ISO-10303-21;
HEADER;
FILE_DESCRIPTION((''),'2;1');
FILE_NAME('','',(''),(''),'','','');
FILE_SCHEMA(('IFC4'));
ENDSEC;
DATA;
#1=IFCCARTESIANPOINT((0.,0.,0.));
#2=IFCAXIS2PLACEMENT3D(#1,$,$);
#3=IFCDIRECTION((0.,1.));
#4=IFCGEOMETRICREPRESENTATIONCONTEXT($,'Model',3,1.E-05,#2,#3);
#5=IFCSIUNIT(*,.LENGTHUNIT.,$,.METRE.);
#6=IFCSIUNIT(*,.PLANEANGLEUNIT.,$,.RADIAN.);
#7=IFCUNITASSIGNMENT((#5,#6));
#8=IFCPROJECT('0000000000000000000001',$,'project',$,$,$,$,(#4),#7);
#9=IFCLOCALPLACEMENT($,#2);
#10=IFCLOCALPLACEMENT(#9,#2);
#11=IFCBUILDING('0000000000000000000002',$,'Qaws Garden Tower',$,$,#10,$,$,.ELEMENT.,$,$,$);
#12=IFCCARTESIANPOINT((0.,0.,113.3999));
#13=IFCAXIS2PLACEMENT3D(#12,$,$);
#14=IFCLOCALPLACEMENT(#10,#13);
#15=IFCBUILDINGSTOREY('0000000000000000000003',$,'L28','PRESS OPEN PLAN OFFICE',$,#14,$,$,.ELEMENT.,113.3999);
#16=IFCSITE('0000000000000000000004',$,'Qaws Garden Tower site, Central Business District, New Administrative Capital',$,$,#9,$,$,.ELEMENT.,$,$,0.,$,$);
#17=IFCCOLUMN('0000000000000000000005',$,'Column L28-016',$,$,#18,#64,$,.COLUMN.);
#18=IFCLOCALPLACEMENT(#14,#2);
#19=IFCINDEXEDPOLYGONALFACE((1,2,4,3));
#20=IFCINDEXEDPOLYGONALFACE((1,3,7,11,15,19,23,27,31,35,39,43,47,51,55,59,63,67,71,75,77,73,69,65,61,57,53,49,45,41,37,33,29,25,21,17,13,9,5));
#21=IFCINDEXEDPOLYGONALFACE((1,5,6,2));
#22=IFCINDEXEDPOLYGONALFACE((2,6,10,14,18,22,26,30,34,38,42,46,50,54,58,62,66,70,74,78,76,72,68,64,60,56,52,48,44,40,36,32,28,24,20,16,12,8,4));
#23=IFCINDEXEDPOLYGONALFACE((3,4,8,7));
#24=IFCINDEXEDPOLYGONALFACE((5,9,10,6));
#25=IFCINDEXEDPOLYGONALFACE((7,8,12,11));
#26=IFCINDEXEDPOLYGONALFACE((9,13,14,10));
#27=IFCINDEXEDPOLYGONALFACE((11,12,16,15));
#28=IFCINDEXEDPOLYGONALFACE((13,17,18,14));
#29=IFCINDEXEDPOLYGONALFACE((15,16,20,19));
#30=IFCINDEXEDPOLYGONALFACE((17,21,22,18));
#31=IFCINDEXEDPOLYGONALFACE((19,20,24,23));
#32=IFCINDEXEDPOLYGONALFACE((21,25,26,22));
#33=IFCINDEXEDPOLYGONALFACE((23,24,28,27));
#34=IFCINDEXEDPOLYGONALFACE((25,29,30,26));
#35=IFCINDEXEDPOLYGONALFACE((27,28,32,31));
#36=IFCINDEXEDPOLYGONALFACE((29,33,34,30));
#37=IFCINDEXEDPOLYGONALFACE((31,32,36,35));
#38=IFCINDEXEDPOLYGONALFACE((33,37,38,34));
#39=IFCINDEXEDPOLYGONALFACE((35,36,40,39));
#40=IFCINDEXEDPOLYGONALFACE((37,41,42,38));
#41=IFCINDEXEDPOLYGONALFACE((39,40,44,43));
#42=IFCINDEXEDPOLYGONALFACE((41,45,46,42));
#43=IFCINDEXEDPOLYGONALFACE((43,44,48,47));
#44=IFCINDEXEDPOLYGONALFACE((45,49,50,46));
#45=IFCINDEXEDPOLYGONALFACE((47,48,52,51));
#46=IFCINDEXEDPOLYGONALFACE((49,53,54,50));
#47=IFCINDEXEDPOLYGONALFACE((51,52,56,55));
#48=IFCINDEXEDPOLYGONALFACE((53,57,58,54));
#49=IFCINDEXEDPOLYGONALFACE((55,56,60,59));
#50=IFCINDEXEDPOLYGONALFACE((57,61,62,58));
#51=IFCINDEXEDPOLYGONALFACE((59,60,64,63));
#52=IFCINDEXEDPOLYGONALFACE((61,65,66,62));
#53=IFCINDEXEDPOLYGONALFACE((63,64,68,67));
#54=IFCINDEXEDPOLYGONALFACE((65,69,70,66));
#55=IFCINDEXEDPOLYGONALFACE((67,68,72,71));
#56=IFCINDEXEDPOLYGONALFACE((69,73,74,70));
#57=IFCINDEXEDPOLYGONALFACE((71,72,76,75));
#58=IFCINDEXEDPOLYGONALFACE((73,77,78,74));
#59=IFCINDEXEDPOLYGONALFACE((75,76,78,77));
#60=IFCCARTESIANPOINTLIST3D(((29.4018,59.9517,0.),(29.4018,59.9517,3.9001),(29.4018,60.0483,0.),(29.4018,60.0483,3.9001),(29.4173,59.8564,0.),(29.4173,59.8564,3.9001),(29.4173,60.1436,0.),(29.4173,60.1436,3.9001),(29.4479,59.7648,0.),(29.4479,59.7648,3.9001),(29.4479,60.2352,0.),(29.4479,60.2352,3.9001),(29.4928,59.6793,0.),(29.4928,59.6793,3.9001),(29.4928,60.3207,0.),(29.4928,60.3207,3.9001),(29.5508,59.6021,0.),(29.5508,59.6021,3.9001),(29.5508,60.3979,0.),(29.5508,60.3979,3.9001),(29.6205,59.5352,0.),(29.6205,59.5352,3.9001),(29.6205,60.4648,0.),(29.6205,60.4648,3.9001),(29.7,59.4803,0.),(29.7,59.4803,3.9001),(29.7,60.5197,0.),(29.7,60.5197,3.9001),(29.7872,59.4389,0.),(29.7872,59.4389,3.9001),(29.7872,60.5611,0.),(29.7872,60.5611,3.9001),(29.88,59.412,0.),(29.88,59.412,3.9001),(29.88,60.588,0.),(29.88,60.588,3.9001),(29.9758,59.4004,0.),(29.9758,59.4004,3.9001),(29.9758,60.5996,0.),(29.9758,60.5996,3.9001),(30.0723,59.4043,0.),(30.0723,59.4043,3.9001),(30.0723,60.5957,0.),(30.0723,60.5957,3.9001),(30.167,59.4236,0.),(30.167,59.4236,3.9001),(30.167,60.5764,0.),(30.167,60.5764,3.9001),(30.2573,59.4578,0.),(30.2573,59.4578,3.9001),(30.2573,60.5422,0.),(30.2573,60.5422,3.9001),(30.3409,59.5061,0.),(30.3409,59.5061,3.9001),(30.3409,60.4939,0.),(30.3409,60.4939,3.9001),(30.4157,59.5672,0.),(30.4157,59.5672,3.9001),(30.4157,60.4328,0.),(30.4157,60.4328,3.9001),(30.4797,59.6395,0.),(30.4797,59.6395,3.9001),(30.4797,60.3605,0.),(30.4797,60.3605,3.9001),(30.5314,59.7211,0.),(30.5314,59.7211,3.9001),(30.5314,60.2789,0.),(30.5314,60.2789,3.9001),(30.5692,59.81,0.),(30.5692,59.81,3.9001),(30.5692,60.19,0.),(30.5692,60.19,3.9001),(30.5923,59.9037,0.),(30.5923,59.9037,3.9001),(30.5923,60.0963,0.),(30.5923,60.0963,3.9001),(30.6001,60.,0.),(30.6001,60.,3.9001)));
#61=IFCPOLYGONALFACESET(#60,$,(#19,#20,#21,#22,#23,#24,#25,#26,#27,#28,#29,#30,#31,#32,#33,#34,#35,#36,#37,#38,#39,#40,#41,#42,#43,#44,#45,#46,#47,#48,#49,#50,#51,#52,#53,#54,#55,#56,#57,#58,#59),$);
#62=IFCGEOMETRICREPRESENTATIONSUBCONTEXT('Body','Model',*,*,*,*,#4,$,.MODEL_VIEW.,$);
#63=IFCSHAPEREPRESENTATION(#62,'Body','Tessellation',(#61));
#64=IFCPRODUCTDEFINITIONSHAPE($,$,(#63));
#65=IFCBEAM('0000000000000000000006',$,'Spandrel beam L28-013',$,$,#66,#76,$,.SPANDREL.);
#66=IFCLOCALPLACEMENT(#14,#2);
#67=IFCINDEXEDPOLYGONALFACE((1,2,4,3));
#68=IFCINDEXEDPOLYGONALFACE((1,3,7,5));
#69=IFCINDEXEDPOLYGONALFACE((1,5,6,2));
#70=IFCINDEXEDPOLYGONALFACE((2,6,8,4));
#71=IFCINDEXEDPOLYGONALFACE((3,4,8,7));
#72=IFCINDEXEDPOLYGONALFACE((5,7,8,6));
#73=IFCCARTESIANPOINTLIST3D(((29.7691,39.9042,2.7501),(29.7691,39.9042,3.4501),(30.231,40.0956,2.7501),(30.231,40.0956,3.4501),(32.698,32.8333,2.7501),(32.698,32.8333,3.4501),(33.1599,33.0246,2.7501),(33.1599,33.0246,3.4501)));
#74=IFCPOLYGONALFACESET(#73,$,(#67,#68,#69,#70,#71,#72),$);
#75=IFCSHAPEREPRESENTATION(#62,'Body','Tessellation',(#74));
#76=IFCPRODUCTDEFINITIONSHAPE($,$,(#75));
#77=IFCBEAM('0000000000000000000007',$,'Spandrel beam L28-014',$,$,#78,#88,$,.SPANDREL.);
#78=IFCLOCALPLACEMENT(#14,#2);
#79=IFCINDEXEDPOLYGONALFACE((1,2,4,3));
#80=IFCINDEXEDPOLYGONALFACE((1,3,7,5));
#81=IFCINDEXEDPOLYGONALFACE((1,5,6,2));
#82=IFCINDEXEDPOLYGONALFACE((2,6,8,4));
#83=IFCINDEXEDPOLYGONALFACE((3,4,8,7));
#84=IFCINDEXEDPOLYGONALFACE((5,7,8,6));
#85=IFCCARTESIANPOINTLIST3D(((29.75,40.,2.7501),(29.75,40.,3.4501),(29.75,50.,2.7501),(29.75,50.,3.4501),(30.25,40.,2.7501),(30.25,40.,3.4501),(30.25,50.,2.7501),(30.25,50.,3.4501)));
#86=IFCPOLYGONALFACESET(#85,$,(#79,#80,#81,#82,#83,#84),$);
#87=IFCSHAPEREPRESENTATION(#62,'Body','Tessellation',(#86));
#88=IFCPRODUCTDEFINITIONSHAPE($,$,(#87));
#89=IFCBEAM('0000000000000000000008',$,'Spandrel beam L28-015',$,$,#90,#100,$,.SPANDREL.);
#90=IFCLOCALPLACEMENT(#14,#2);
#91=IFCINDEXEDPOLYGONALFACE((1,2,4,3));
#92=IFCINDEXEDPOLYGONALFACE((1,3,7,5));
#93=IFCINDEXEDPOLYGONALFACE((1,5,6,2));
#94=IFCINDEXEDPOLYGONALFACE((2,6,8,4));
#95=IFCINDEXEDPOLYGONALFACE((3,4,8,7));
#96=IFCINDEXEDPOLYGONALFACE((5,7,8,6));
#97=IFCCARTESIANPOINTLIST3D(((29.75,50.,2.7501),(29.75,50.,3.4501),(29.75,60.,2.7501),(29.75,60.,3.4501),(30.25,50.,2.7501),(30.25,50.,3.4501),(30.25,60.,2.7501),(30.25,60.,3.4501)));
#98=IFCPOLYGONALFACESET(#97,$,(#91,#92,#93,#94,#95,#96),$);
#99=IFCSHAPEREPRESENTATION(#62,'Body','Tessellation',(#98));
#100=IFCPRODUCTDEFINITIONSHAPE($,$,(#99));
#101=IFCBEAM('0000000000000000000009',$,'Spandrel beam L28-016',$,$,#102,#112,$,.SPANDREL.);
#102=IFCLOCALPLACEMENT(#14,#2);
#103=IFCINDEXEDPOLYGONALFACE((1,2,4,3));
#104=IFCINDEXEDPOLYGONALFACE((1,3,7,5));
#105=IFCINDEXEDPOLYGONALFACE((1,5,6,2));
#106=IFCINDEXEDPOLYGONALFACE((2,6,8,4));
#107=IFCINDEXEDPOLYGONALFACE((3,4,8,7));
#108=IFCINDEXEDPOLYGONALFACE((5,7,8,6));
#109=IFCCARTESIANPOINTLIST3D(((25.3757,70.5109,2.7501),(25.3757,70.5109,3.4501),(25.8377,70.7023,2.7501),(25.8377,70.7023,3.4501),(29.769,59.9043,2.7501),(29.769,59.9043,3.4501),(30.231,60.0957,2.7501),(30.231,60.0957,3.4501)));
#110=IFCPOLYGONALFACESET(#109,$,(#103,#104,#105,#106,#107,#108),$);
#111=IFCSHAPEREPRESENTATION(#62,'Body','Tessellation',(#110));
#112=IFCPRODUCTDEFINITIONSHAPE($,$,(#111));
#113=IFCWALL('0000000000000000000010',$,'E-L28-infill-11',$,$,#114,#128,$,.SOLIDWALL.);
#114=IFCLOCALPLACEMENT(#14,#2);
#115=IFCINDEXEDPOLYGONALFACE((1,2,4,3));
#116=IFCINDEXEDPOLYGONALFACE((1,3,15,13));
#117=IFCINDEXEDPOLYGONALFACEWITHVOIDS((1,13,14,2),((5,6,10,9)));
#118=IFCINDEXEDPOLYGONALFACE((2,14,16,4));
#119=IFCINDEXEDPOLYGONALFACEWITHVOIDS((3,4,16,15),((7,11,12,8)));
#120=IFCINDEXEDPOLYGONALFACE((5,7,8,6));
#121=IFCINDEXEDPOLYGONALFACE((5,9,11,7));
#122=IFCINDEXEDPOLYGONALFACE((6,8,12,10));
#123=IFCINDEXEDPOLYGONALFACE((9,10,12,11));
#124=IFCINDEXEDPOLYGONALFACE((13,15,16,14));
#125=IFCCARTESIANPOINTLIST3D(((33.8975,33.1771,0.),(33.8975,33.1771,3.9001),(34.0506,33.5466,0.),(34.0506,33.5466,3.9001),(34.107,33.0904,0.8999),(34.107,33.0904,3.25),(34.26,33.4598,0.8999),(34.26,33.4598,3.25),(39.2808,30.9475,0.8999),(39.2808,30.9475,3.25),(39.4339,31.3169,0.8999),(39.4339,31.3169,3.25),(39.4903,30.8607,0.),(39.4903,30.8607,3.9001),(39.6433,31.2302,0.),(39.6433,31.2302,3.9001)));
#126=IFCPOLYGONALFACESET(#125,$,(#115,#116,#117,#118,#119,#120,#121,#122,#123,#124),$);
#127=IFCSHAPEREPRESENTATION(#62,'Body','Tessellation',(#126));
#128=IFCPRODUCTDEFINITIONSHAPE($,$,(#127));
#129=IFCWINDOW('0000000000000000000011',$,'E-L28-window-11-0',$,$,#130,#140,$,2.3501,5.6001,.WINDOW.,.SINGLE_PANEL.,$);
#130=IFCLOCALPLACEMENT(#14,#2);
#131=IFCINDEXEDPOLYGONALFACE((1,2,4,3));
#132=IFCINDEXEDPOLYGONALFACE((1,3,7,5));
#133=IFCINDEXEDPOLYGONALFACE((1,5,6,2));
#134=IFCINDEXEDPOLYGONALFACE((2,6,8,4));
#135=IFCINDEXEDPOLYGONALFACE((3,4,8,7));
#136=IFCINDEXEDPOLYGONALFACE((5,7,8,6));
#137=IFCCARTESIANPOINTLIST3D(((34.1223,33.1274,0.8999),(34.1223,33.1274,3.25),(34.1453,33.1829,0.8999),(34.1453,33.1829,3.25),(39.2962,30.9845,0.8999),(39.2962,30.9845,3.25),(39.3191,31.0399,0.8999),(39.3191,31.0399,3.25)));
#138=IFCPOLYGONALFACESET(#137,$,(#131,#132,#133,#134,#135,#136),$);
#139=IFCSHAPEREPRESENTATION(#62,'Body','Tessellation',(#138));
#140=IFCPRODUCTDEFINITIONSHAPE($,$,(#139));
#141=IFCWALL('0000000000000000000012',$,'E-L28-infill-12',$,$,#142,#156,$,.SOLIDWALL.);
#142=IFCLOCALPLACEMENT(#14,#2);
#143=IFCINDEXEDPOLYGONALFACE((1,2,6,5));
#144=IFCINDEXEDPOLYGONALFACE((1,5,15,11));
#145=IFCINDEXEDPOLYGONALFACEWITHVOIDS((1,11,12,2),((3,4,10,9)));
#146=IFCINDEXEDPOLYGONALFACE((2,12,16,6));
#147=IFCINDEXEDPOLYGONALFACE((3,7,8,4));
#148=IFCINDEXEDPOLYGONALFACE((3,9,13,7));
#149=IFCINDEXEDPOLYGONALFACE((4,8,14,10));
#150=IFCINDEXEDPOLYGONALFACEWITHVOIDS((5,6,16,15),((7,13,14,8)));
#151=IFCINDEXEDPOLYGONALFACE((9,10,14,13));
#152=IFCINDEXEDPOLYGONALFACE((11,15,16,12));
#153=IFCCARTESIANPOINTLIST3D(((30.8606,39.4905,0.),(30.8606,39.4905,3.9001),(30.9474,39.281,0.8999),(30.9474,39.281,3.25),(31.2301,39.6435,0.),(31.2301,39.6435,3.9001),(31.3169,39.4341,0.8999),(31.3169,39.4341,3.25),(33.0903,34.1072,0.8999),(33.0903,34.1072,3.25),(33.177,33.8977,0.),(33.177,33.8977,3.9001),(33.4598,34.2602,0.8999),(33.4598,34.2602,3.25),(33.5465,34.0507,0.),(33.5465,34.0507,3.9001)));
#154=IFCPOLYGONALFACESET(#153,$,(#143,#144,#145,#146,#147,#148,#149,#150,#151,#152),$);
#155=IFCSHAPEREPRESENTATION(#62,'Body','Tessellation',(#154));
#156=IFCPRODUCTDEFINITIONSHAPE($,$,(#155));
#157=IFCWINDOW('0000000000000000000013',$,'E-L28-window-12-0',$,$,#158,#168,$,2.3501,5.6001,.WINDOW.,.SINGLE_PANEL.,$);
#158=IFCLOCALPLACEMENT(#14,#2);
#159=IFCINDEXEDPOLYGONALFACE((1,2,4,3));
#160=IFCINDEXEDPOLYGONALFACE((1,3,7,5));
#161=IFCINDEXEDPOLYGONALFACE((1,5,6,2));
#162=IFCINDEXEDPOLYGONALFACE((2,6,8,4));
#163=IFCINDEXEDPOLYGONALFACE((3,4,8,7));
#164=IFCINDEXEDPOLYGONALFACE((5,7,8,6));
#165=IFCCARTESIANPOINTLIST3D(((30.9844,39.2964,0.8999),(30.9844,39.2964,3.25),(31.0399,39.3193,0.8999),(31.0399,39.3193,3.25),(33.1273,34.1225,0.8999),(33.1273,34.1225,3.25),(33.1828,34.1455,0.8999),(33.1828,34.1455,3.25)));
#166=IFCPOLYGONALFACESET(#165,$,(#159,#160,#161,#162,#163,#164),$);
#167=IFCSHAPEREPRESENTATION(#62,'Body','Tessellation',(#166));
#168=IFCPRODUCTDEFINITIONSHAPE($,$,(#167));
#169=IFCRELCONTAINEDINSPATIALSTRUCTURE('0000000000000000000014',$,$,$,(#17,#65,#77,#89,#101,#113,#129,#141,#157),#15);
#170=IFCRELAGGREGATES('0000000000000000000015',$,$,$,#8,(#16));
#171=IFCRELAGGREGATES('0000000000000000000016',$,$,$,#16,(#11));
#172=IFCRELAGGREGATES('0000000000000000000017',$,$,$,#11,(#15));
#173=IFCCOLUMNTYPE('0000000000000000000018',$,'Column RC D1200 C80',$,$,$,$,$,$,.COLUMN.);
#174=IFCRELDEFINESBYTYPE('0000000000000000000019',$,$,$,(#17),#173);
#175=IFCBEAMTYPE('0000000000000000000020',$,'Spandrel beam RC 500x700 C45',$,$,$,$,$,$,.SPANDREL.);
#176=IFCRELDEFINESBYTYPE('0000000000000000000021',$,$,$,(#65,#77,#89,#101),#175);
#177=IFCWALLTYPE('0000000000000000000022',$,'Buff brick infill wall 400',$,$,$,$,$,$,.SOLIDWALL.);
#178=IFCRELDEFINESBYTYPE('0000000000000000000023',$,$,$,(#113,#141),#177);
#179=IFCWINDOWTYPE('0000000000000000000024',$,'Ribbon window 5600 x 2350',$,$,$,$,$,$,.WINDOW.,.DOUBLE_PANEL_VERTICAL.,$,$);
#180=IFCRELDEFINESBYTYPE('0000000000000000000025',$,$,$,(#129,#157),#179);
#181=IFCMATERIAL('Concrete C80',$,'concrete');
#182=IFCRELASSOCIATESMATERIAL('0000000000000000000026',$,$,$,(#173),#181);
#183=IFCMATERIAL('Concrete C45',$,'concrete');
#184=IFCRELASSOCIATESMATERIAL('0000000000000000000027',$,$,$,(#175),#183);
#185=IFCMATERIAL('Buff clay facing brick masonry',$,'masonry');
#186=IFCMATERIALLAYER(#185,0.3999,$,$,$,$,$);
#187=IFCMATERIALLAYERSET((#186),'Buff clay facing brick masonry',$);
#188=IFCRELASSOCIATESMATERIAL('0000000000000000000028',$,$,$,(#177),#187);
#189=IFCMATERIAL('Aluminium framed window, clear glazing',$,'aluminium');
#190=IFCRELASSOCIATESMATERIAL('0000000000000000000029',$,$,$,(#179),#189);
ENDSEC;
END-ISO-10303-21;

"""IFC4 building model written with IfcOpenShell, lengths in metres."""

from ifc_helpers import new_model, si_unit, direction, frame, frame_2d, origin, origin_2d, place, context, subcontext, project, spatial, rectangle, circle, extrude, material, layer, layer_set, material_profile, profile_set, type_object, element, fill, save


model = new_model("IFC4")

# Units and contexts
model_context = context("Model", 3, precision=1e-05, world=origin(), true_north=direction((0.0, 1.0)))
body_context = subcontext(model_context, "Body", "Model", "MODEL_VIEW")
ifc_project = project(units=[si_unit("LENGTHUNIT", "METRE"), si_unit("PLANEANGLEUNIT", "RADIAN")], contexts=[model_context])

# Site, building, storey
site_placement = place(None, origin())
site = spatial("IfcSite", under=ifc_project, at=site_placement, Name="Qaws Garden Tower site, Central Business District, New Administrative Capital", CompositionType="ELEMENT", RefElevation=0.0)
building_placement = place(site_placement, origin())
building = spatial("IfcBuilding", under=site, at=building_placement, Name="Qaws Garden Tower", CompositionType="ELEMENT")
storey_placement = place(building_placement, frame((0.0, 0.0, 113.3999)))
storey = spatial("IfcBuildingStorey", under=building, at=storey_placement, Name="L28", Description="PRESS OPEN PLAN OFFICE", CompositionType="ELEMENT", Elevation=113.3999)

# Column
ifc_material_1 = material(Name="Concrete C80", Category="concrete")
ifc_material_profile_1 = material_profile(ifc_material_1, circle(Radius=0.6001, at=origin_2d()), Name="RC D1200")
ifc_profile_set_1 = profile_set([ifc_material_profile_1], Name="Concrete C80")
column_type_1 = type_object("IfcColumnType", Name="Column RC D1200 C80", PredefinedType="COLUMN", material=ifc_profile_set_1)
for number, where, z_axis, x_axis, name in (
    (1, (30.0, 60.0, 0.0), (0.0, 0.0, 1.0), (1.0, 0.0, 0.0), "Column L28-016"),
):
    element("IfcColumn", number, at=place(storey_placement, frame(where, z_axis=z_axis, x_axis=x_axis)), inside=storey, type_object=column_type_1, Name=name, PredefinedType="COLUMN", context=body_context, shape_type="SweptSolid", body=[
        extrude(circle(Radius=0.6001, at=origin_2d()), origin(), (0.0, 0.0, 1.0), 3.9001),
    ])

# Beams
ifc_material_2 = material(Name="Concrete C45", Category="concrete")
ifc_material_profile_2 = material_profile(ifc_material_2, rectangle(XDim=0.5, YDim=0.7, at=origin_2d()), Name="RC 500x700")
ifc_profile_set_2 = profile_set([ifc_material_profile_2], Name="Concrete C45")
beam_type = type_object("IfcBeamType", Name="Spandrel beam RC 500x700 C45", PredefinedType="SPANDREL", material=ifc_profile_set_2)
beam_1_placement = place(storey_placement, frame((32.929, 32.929, 3.1001), z_axis=(-0.382687, 0.923878, 0.0), x_axis=(-0.923878, -0.382687, 0.0)))
element("IfcBeam", 2, at=beam_1_placement, inside=storey, type_object=beam_type, Name="Spandrel beam L28-013", PredefinedType="SPANDREL", context=body_context, shape_type="SweptSolid", body=[
    extrude(rectangle(XDim=0.5, YDim=0.7, at=origin_2d()), origin(), (0.0, 0.0, 1.0), 7.6536),
])
for number, where, z_axis, x_axis, name in (
    (3, (30.0, 40.0, 3.1001), (0.0, 1.0, 0.0), (-1.0, 0.0, 0.0), "Spandrel beam L28-014"),
    (4, (30.0, 50.0, 3.1001), (0.0, 1.0, 0.0), (-1.0, 0.0, 0.0), "Spandrel beam L28-015"),
):
    element("IfcBeam", number, at=place(storey_placement, frame(where, z_axis=z_axis, x_axis=x_axis)), inside=storey, type_object=beam_type, Name=name, PredefinedType="SPANDREL", context=body_context, shape_type="SweptSolid", body=[
        extrude(rectangle(XDim=0.5, YDim=0.7, at=origin_2d()), origin(), (0.0, 0.0, 1.0), 10.0),
    ])
beam_2_placement = place(storey_placement, frame((30.0, 60.0, 3.1001), z_axis=(-0.382674, 0.923883, 0.0), x_axis=(-0.923883, -0.382674, 0.0)))
element("IfcBeam", 5, at=beam_2_placement, inside=storey, type_object=beam_type, Name="Spandrel beam L28-016", PredefinedType="SPANDREL", context=body_context, shape_type="SweptSolid", body=[
    extrude(rectangle(XDim=0.5, YDim=0.7, at=origin_2d()), origin(), (0.0, 0.0, 1.0), 11.4805),
])

# Walls, openings, windows
ifc_material_3 = material(Name="Buff clay facing brick masonry", Category="masonry")
ifc_layer_1 = layer(ifc_material_3, 0.3999)
ifc_layer_set_1 = layer_set([ifc_layer_1], Name="Buff clay facing brick masonry")
wall_type_1 = type_object("IfcWallType", Name="Buff brick infill wall 400", PredefinedType="SOLIDWALL", material=ifc_layer_set_1)
wall_1_placement = place(storey_placement, frame((39.5669, 31.0454, 0.0), z_axis=(0.0, 0.0, 1.0), x_axis=(-0.923891, 0.382656, 0.0)))
wall_1 = element("IfcWall", 6, at=wall_1_placement, inside=storey, type_object=wall_type_1, Name="E-L28-infill-11", PredefinedType="SOLIDWALL", context=body_context, shape_type="SweptSolid", body=[
    extrude(rectangle(XDim=6.0535, YDim=0.3999, at=frame_2d((3.0269, 0.0))), origin(), (0.0, 0.0, 1.0), 3.9001),
])
opening_1_placement = place(wall_1_placement, frame((0.2268, 0.0, 0.8999)))
opening_1 = element("IfcOpeningElement", 7, at=opening_1_placement, cuts=wall_1, PredefinedType="OPENING", context=body_context, shape_type="SweptSolid", body=[
    extrude(rectangle(XDim=5.6001, YDim=2.3501, at=frame_2d((2.8, 1.175))), frame((0.0, 0.21, 0.0), z_axis=(0.0, -1.0, 0.0), x_axis=(1.0, 0.0, 0.0)), (0.0, 0.0, 1.0), 0.4199),
])
ifc_material_4 = material(Name="Aluminium framed window, clear glazing", Category="aluminium")
window_type_1 = type_object("IfcWindowType", Name="Ribbon window 5600 x 2350", PartitioningType="DOUBLE_PANEL_VERTICAL", PredefinedType="WINDOW", material=ifc_material_4)
window_1_placement = place(opening_1_placement, origin())
window_1 = element("IfcWindow", 8, at=window_1_placement, inside=storey, type_object=window_type_1, Name="E-L28-window-11-0", OverallHeight=2.3501, OverallWidth=5.6001, PartitioningType="SINGLE_PANEL", PredefinedType="WINDOW", context=body_context, shape_type="SweptSolid", body=[
    extrude(rectangle(XDim=5.6001, YDim=2.3501, at=frame_2d((2.8, 1.175))), frame((0.0, 0.1599, 0.0), z_axis=(0.0, -1.0, 0.0), x_axis=(1.0, 0.0, 0.0)), (0.0, 0.0, 1.0), 0.0601),
])
fill(opening_1, window_1)
wall_2_placement = place(storey_placement, frame((33.3618, 33.9741, 0.0), z_axis=(0.0, 0.0, 1.0), x_axis=(-0.382656, 0.923891, 0.0)))
wall_2 = element("IfcWall", 9, at=wall_2_placement, inside=storey, type_object=wall_type_1, Name="E-L28-infill-12", PredefinedType="SOLIDWALL", context=body_context, shape_type="SweptSolid", body=[
    extrude(rectangle(XDim=6.0535, YDim=0.3999, at=frame_2d((3.0269, 0.0))), origin(), (0.0, 0.0, 1.0), 3.9001),
])
opening_2_placement = place(wall_2_placement, frame((0.2268, 0.0, 0.8999)))
opening_2 = element("IfcOpeningElement", 10, at=opening_2_placement, cuts=wall_2, PredefinedType="OPENING", context=body_context, shape_type="SweptSolid", body=[
    extrude(rectangle(XDim=5.6001, YDim=2.3501, at=frame_2d((2.8, 1.175))), frame((0.0, 0.21, 0.0), z_axis=(0.0, -1.0, 0.0), x_axis=(1.0, 0.0, 0.0)), (0.0, 0.0, 1.0), 0.4199),
])
window_2_placement = place(opening_2_placement, origin())
window_2 = element("IfcWindow", 11, at=window_2_placement, inside=storey, type_object=window_type_1, Name="E-L28-window-12-0", OverallHeight=2.3501, OverallWidth=5.6001, PartitioningType="SINGLE_PANEL", PredefinedType="WINDOW", context=body_context, shape_type="SweptSolid", body=[
    extrude(rectangle(XDim=5.6001, YDim=2.3501, at=frame_2d((2.8, 1.175))), frame((0.0, 0.1599, 0.0), z_axis=(0.0, -1.0, 0.0), x_axis=(1.0, 0.0, 0.0)), (0.0, 0.0, 1.0), 0.0601),
])
fill(opening_2, window_2)

save(model, "model.ifc")
